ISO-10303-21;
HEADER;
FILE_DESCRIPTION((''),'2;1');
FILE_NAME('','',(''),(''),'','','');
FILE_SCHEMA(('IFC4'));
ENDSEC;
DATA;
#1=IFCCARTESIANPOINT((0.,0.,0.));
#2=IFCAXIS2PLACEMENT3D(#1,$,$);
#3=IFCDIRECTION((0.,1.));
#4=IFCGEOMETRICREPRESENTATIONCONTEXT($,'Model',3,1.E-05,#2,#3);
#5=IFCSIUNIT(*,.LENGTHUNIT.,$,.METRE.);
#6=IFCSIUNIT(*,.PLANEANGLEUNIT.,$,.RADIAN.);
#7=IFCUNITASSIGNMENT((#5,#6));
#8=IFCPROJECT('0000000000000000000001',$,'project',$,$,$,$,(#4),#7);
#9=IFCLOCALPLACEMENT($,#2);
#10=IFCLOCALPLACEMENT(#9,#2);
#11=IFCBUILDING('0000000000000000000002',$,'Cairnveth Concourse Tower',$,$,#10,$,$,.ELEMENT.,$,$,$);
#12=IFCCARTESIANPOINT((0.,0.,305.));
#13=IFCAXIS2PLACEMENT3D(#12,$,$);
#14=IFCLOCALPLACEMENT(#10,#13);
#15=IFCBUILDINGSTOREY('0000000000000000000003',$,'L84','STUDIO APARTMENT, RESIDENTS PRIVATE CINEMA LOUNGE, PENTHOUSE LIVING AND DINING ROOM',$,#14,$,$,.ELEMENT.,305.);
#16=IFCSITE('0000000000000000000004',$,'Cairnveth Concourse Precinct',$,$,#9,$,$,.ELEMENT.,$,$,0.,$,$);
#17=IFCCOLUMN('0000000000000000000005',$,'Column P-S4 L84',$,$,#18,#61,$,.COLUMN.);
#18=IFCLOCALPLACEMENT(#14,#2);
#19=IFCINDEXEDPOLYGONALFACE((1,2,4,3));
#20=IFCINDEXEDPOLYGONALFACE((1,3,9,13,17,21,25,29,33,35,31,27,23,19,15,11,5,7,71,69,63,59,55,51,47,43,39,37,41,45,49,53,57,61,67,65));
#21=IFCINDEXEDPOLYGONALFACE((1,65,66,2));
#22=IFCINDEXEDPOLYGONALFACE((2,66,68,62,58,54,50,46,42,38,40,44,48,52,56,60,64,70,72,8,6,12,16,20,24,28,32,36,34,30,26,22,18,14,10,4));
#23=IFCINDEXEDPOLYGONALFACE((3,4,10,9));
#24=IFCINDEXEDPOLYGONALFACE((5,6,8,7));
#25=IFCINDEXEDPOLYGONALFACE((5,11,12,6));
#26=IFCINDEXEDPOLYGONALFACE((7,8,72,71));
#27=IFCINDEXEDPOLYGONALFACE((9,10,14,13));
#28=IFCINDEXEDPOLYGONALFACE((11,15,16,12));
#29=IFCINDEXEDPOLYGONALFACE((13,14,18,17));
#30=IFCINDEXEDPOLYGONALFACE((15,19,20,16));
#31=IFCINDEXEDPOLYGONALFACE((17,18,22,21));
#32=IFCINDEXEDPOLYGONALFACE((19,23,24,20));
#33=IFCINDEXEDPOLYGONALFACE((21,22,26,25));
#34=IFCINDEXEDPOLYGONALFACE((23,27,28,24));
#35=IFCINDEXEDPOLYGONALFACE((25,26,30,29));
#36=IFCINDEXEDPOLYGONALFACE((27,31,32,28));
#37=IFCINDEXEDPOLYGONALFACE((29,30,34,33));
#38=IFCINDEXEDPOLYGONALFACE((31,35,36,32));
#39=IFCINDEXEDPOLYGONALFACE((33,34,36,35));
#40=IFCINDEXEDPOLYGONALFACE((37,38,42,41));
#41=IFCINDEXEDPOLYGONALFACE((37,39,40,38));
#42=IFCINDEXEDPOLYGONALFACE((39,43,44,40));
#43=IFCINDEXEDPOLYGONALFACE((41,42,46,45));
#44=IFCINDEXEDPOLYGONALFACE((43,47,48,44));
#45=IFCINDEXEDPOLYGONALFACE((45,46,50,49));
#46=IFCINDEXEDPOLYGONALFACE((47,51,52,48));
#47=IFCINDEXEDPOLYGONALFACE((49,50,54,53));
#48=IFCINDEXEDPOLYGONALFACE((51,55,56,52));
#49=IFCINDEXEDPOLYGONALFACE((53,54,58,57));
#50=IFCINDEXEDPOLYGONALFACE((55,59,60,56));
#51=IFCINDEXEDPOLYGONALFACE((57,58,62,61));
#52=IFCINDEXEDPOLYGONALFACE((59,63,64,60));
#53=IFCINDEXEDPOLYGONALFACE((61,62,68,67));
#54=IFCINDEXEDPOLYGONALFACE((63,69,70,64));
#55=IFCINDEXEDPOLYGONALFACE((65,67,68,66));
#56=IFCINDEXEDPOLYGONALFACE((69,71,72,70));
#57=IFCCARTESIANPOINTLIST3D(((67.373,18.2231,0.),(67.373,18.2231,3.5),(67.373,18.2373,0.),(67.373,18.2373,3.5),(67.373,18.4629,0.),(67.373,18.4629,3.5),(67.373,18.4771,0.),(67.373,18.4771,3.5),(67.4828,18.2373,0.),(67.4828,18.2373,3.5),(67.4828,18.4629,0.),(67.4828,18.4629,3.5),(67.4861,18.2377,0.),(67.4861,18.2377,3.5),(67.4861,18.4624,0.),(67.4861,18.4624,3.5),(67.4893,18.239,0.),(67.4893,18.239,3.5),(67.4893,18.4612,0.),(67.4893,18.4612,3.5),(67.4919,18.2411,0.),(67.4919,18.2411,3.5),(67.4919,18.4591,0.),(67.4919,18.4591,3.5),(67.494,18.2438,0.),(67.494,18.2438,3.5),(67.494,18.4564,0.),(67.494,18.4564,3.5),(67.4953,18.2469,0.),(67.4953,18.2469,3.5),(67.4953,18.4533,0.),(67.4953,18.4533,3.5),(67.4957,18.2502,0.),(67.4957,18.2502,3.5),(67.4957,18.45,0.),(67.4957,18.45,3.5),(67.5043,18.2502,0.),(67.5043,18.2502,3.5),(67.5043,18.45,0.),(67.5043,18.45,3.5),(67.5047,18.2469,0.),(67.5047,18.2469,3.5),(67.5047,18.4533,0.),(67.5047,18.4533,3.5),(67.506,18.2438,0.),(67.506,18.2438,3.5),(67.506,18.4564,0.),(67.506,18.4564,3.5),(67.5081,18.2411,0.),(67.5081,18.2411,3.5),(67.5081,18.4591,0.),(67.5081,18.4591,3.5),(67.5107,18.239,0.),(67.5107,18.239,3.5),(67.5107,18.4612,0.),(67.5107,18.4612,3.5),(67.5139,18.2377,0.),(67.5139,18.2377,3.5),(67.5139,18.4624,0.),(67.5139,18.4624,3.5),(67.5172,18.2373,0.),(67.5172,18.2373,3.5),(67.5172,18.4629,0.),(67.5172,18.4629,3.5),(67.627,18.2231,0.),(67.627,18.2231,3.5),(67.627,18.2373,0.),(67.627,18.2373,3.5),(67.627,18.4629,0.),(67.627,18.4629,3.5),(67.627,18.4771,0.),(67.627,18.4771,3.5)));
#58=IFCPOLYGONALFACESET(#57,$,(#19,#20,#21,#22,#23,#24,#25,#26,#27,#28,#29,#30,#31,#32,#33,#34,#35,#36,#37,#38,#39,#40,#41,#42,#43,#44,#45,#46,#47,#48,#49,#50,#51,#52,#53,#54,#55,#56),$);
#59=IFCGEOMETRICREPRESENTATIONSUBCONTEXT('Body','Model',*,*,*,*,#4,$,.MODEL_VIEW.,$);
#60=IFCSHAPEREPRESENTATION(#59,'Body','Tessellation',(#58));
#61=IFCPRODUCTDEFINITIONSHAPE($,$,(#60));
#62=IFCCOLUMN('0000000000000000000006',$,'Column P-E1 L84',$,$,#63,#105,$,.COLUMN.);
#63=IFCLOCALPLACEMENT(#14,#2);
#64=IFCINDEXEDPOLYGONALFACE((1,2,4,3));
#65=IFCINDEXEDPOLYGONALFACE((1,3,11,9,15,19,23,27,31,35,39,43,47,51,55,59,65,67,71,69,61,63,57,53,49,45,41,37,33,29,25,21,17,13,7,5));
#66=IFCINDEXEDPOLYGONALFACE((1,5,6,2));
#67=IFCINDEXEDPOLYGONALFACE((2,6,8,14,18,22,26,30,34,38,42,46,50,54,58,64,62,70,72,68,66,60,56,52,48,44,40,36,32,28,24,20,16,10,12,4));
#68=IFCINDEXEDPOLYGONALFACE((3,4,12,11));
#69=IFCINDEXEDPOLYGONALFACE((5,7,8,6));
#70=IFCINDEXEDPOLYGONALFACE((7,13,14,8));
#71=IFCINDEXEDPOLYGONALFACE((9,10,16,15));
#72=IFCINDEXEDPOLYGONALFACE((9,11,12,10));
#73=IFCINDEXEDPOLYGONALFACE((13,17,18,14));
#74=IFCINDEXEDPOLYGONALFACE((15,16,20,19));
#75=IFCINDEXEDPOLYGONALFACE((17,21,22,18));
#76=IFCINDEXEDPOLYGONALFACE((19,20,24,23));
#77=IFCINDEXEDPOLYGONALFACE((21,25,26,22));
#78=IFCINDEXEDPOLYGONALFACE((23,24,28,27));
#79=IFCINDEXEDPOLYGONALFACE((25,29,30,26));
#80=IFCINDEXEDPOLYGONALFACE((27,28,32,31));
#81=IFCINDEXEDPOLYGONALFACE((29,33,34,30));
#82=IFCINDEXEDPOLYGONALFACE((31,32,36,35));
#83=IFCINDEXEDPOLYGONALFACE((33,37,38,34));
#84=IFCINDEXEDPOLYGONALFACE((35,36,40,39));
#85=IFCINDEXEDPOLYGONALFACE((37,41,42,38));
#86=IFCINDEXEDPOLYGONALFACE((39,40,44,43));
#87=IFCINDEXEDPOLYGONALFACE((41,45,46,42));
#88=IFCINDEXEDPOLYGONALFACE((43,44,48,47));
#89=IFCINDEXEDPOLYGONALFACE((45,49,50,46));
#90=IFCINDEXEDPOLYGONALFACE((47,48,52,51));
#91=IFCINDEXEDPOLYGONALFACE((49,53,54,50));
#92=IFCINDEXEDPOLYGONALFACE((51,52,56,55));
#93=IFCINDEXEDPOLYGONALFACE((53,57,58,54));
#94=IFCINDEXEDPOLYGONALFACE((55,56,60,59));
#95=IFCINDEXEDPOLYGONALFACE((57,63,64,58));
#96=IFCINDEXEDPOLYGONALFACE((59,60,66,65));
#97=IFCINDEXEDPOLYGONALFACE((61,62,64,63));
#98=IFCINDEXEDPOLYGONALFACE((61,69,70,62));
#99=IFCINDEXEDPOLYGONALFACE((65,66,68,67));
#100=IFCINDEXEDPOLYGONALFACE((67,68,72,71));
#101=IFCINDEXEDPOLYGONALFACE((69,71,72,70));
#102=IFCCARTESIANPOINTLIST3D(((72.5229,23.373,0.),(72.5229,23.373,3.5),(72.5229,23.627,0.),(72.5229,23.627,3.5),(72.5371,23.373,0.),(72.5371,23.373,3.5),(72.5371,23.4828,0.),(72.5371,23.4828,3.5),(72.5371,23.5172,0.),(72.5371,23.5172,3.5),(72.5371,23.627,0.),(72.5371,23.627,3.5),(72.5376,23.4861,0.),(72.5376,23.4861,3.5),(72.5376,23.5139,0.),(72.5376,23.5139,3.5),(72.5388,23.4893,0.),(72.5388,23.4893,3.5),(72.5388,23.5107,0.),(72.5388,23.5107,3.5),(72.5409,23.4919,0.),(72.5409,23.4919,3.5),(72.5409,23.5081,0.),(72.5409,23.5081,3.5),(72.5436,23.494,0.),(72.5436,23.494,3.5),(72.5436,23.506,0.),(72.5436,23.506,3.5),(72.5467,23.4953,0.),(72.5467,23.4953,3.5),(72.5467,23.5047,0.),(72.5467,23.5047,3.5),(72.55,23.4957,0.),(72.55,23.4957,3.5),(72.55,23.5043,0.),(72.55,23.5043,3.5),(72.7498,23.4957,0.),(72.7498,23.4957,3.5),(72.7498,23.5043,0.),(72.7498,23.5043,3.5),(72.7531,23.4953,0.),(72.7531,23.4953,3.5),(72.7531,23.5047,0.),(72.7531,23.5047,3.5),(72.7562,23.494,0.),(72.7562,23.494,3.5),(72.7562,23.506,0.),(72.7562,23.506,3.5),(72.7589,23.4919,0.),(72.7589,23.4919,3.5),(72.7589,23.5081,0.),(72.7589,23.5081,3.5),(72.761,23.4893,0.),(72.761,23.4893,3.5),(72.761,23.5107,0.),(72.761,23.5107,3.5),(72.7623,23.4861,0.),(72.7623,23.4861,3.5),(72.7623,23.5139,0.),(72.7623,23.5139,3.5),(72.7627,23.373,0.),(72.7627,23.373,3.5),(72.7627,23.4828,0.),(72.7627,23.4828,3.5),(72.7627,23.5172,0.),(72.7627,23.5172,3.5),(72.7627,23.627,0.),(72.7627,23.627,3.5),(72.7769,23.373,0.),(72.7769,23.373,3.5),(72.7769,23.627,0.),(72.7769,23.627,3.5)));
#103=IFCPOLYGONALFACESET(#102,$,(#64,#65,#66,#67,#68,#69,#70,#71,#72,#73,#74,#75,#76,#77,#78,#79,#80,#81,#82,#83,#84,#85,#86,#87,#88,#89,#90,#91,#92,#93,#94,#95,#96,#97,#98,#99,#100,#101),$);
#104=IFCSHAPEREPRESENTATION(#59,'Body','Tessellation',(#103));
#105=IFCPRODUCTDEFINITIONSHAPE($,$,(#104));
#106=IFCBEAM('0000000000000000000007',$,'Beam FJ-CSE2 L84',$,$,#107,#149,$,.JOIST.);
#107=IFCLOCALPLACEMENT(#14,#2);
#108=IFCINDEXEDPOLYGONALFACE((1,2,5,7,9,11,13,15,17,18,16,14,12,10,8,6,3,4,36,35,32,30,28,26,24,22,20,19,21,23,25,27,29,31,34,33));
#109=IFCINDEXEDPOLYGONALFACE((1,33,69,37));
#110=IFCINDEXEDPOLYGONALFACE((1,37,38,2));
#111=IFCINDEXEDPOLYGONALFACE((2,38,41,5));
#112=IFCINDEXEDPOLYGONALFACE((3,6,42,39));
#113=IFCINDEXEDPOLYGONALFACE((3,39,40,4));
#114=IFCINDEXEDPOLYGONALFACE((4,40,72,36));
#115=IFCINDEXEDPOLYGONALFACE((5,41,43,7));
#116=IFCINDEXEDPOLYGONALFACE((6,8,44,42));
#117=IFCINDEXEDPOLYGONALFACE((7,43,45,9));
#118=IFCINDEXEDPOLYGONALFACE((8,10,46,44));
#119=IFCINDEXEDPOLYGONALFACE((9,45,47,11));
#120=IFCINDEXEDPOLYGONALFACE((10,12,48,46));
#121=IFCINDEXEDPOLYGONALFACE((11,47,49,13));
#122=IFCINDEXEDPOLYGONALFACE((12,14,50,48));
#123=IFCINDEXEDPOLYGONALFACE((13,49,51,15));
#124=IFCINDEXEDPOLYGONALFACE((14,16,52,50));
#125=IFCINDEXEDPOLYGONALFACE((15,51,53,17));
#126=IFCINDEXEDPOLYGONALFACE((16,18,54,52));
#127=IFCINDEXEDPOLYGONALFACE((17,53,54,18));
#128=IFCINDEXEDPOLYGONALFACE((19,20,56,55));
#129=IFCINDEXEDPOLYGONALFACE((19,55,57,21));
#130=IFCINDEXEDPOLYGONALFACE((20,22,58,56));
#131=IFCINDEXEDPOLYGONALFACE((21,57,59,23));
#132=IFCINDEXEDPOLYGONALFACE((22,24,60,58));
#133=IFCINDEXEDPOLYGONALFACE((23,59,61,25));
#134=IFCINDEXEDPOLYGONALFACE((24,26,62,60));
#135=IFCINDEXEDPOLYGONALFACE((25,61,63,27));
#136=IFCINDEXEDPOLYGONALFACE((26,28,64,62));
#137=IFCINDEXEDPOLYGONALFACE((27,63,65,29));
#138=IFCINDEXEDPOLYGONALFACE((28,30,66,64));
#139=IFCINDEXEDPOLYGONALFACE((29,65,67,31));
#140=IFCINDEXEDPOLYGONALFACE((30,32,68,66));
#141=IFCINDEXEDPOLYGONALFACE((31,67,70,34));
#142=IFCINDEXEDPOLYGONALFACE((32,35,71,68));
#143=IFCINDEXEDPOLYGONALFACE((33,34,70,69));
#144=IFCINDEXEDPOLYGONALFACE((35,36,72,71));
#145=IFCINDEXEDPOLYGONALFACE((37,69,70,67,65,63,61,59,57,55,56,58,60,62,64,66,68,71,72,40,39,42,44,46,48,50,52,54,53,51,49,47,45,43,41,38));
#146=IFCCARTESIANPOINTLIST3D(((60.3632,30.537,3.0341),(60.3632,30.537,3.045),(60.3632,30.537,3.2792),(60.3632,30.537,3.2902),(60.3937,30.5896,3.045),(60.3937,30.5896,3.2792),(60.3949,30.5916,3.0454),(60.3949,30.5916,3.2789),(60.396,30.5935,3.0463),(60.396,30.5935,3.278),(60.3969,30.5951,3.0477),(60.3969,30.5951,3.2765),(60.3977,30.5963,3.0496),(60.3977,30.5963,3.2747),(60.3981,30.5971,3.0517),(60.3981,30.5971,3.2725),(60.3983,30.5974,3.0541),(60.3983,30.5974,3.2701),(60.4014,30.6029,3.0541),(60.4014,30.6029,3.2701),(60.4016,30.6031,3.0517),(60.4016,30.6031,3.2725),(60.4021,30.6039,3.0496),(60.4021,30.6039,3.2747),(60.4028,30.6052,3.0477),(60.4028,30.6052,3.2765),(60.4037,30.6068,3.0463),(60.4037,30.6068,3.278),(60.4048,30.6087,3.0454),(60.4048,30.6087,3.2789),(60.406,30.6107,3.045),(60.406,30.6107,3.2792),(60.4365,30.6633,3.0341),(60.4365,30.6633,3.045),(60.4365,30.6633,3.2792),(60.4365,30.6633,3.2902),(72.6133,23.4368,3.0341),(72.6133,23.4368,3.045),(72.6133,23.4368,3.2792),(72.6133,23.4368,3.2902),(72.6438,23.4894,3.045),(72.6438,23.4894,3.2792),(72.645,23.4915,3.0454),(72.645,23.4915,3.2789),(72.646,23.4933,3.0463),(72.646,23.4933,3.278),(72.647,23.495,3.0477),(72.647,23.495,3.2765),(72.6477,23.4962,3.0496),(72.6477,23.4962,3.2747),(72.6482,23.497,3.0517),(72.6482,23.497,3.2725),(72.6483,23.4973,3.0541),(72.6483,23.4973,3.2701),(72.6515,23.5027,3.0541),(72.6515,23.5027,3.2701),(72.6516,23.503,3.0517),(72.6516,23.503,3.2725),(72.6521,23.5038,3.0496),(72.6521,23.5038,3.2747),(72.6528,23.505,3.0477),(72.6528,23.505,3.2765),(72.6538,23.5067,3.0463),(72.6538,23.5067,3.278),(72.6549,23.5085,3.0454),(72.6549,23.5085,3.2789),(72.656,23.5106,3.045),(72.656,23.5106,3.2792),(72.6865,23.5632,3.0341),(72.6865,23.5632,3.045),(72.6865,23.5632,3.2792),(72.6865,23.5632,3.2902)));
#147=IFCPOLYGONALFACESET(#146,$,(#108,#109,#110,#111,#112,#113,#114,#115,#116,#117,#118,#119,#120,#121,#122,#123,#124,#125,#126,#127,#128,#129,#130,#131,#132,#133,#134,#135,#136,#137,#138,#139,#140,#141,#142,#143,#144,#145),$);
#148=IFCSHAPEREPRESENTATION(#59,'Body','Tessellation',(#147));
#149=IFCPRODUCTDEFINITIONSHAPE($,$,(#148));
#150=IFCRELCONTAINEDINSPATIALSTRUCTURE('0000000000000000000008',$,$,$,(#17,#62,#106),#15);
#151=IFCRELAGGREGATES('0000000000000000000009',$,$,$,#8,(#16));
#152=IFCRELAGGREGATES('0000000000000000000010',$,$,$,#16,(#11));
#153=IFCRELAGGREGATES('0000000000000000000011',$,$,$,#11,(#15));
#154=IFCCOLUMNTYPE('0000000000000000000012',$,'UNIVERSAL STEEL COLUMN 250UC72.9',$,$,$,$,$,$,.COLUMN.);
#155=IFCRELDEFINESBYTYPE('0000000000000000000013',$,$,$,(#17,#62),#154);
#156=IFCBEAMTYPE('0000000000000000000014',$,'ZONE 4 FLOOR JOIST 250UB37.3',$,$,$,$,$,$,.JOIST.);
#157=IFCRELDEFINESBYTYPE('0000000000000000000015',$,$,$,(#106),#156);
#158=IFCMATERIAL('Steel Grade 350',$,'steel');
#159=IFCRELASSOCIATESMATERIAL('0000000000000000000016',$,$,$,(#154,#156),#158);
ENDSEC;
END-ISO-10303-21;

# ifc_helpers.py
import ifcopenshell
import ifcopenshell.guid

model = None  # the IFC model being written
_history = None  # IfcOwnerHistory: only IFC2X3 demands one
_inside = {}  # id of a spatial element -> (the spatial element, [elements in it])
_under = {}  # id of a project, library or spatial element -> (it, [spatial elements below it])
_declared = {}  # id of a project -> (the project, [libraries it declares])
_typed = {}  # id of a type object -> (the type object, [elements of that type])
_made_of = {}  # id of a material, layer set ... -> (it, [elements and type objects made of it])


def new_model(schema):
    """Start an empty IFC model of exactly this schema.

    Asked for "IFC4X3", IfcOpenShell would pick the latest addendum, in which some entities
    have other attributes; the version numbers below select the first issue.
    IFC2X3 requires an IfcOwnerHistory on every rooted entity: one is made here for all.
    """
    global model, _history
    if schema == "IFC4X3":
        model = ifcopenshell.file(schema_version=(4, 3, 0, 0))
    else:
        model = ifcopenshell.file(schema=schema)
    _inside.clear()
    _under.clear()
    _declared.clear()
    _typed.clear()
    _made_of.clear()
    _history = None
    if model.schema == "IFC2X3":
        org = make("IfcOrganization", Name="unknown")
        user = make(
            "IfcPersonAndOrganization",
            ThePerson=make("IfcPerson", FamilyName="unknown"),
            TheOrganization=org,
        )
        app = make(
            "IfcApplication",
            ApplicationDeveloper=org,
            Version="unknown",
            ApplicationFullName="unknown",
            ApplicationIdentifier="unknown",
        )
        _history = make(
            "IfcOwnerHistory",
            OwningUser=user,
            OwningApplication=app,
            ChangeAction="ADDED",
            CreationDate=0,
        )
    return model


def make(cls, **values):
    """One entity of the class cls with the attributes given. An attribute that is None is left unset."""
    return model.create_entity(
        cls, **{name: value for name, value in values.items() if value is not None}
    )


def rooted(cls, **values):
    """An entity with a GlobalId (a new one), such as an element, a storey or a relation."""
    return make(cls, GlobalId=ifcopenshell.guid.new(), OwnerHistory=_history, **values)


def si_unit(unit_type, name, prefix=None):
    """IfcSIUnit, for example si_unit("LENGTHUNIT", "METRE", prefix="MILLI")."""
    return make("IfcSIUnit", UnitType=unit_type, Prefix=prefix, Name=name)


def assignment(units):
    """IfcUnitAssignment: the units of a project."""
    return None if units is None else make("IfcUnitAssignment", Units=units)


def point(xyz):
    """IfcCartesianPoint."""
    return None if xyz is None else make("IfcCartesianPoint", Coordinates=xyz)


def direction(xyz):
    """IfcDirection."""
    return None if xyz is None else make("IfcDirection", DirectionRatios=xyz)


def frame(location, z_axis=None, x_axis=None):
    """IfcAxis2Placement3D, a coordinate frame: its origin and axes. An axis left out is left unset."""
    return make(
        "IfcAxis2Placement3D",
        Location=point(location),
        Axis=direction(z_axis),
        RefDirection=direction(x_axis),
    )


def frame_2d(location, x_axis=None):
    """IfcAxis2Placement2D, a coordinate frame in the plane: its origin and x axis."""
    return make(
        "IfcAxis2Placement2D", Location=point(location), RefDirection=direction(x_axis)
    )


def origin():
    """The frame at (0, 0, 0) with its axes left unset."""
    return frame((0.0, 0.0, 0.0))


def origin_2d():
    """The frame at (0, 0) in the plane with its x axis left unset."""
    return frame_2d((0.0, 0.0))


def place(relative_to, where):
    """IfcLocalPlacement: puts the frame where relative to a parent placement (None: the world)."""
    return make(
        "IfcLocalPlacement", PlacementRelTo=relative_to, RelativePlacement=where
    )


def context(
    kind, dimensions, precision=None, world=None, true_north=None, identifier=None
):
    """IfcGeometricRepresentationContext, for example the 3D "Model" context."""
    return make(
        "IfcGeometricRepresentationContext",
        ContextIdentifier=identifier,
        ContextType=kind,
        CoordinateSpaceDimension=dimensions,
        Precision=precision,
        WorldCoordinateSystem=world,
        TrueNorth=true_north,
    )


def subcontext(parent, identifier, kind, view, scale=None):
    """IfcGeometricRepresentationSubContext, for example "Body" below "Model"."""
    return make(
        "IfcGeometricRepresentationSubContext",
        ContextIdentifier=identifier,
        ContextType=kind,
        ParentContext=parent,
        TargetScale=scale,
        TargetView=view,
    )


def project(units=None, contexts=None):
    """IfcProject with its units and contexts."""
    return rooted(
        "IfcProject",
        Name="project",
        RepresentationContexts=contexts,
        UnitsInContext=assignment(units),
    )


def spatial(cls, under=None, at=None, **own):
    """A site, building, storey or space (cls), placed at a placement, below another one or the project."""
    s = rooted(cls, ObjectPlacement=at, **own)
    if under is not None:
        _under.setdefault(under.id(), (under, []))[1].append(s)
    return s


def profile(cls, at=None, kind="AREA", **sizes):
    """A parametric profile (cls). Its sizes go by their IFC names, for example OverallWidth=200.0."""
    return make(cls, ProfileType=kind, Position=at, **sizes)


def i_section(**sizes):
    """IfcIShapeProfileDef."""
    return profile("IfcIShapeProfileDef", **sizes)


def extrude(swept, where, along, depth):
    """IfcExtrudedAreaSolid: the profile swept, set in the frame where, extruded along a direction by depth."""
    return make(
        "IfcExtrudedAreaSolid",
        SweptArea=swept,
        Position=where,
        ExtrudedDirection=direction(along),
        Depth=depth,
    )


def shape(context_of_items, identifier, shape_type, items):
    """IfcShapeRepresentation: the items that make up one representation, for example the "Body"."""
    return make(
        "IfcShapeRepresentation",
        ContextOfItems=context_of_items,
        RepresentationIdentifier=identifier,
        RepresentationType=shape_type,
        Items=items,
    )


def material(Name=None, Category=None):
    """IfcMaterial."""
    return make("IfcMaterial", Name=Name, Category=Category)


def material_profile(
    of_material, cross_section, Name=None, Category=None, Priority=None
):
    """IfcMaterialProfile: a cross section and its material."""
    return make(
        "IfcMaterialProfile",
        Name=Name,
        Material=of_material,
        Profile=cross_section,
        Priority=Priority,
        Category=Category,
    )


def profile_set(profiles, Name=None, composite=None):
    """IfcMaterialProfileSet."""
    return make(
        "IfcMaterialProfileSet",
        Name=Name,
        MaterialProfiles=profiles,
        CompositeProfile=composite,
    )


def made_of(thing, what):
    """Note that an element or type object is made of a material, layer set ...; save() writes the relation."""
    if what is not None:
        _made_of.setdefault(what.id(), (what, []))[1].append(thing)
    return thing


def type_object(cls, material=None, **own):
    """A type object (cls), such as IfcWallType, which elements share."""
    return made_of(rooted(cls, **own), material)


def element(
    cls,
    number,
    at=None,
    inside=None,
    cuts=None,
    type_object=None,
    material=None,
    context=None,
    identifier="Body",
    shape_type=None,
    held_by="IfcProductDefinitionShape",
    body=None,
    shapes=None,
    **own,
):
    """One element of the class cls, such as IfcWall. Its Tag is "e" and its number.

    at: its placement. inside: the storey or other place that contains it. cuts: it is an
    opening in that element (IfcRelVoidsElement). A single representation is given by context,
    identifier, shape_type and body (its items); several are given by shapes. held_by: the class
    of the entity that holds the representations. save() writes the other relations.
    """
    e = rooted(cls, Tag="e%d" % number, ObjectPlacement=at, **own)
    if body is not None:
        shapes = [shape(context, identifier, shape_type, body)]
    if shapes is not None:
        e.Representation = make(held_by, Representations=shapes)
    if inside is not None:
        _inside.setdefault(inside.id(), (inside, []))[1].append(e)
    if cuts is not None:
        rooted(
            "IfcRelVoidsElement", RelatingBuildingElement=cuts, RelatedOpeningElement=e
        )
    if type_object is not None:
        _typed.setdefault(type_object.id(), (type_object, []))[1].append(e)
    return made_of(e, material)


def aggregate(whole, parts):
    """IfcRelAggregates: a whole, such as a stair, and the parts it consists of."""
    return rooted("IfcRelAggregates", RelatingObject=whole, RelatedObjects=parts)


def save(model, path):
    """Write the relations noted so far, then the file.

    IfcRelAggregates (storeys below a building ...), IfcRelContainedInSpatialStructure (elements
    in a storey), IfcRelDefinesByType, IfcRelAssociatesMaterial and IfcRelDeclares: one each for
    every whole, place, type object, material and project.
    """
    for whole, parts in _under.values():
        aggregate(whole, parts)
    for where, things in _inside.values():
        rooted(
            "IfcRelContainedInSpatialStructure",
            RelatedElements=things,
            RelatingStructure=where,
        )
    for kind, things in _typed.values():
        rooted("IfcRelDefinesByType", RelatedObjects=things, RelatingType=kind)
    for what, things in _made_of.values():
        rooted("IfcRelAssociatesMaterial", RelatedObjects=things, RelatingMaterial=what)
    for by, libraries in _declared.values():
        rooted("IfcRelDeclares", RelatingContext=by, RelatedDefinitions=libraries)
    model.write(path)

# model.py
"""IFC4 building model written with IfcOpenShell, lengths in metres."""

from ifc_helpers import new_model, si_unit, direction, frame, origin, origin_2d, place, context, subcontext, project, spatial, i_section, extrude, material, material_profile, profile_set, type_object, element, save


model = new_model("IFC4")

# Units and contexts
model_context = context("Model", 3, precision=1e-05, world=origin(), true_north=direction((0.0, 1.0)))
body_context = subcontext(model_context, "Body", "Model", "MODEL_VIEW")
ifc_project = project(units=[si_unit("LENGTHUNIT", "METRE"), si_unit("PLANEANGLEUNIT", "RADIAN")], contexts=[model_context])

# Site, building, storey
site_placement = place(None, origin())
site = spatial("IfcSite", under=ifc_project, at=site_placement, Name="Cairnveth Concourse Precinct", CompositionType="ELEMENT", RefElevation=0.0)
building_placement = place(site_placement, origin())
building = spatial("IfcBuilding", under=site, at=building_placement, Name="Cairnveth Concourse Tower", CompositionType="ELEMENT")
storey_placement = place(building_placement, frame((0.0, 0.0, 305.0)))
storey = spatial("IfcBuildingStorey", under=building, at=storey_placement, Name="L84", Description="STUDIO APARTMENT, RESIDENTS PRIVATE CINEMA LOUNGE, PENTHOUSE LIVING AND DINING ROOM", CompositionType="ELEMENT", Elevation=305.0)

# Columns
ifc_material_1 = material(Name="Steel Grade 350", Category="steel")
ifc_material_profile_1 = material_profile(ifc_material_1, i_section(OverallWidth=0.2539, OverallDepth=0.2539, WebThickness=0.0085, FlangeThickness=0.0142, FilletRadius=0.0129, at=origin_2d()), Name="250UC72.9")
ifc_profile_set_1 = profile_set([ifc_material_profile_1], Name="Steel Grade 350")
column_type = type_object("IfcColumnType", Name="UNIVERSAL STEEL COLUMN 250UC72.9", PredefinedType="COLUMN", material=ifc_profile_set_1)
for number, where, z_axis, x_axis, name in (
    (1, (67.5, 18.3501, 0.0), (0.0, 0.0, 1.0), (1.0, 0.0, 0.0), "Column P-S4 L84"),
    (2, (72.6499, 23.5, 0.0), (0.0, 0.0, 1.0), (0.0, 1.0, 0.0), "Column P-E1 L84"),
):
    element("IfcColumn", number, at=place(storey_placement, frame(where, z_axis=z_axis, x_axis=x_axis)), inside=storey, type_object=column_type, Name=name, PredefinedType="COLUMN", context=body_context, shape_type="SweptSolid", body=[
        extrude(i_section(OverallWidth=0.2539, OverallDepth=0.2539, WebThickness=0.0085, FlangeThickness=0.0142, FilletRadius=0.0129, at=origin_2d()), origin(), (0.0, 0.0, 1.0), 3.5),
    ])

# Beam
ifc_material_profile_2 = material_profile(ifc_material_1, i_section(OverallWidth=0.146, OverallDepth=0.2561, WebThickness=0.0063, FlangeThickness=0.011, FilletRadius=0.009, at=origin_2d()), Name="250UB37.3")
ifc_profile_set_2 = profile_set([ifc_material_profile_2], Name="Steel Grade 350")
beam_type_1 = type_object("IfcBeamType", Name="ZONE 4 FLOOR JOIST 250UB37.3", PredefinedType="JOIST", material=ifc_profile_set_2)
beam_1_placement = place(storey_placement, frame((72.6499, 23.5, 3.1621), z_axis=(-0.865181, 0.501459, 0.0), x_axis=(-0.501459, -0.865181, 0.0)))
element("IfcBeam", 3, at=beam_1_placement, inside=storey, type_object=beam_type_1, Name="Beam FJ-CSE2 L84", PredefinedType="JOIST", context=body_context, shape_type="SweptSolid", body=[
    extrude(i_section(OverallWidth=0.146, OverallDepth=0.2561, WebThickness=0.0063, FlangeThickness=0.011, FilletRadius=0.009, at=origin_2d()), origin(), (0.0, 0.0, 1.0), 14.1589),
])

save(model, "model.ifc")
